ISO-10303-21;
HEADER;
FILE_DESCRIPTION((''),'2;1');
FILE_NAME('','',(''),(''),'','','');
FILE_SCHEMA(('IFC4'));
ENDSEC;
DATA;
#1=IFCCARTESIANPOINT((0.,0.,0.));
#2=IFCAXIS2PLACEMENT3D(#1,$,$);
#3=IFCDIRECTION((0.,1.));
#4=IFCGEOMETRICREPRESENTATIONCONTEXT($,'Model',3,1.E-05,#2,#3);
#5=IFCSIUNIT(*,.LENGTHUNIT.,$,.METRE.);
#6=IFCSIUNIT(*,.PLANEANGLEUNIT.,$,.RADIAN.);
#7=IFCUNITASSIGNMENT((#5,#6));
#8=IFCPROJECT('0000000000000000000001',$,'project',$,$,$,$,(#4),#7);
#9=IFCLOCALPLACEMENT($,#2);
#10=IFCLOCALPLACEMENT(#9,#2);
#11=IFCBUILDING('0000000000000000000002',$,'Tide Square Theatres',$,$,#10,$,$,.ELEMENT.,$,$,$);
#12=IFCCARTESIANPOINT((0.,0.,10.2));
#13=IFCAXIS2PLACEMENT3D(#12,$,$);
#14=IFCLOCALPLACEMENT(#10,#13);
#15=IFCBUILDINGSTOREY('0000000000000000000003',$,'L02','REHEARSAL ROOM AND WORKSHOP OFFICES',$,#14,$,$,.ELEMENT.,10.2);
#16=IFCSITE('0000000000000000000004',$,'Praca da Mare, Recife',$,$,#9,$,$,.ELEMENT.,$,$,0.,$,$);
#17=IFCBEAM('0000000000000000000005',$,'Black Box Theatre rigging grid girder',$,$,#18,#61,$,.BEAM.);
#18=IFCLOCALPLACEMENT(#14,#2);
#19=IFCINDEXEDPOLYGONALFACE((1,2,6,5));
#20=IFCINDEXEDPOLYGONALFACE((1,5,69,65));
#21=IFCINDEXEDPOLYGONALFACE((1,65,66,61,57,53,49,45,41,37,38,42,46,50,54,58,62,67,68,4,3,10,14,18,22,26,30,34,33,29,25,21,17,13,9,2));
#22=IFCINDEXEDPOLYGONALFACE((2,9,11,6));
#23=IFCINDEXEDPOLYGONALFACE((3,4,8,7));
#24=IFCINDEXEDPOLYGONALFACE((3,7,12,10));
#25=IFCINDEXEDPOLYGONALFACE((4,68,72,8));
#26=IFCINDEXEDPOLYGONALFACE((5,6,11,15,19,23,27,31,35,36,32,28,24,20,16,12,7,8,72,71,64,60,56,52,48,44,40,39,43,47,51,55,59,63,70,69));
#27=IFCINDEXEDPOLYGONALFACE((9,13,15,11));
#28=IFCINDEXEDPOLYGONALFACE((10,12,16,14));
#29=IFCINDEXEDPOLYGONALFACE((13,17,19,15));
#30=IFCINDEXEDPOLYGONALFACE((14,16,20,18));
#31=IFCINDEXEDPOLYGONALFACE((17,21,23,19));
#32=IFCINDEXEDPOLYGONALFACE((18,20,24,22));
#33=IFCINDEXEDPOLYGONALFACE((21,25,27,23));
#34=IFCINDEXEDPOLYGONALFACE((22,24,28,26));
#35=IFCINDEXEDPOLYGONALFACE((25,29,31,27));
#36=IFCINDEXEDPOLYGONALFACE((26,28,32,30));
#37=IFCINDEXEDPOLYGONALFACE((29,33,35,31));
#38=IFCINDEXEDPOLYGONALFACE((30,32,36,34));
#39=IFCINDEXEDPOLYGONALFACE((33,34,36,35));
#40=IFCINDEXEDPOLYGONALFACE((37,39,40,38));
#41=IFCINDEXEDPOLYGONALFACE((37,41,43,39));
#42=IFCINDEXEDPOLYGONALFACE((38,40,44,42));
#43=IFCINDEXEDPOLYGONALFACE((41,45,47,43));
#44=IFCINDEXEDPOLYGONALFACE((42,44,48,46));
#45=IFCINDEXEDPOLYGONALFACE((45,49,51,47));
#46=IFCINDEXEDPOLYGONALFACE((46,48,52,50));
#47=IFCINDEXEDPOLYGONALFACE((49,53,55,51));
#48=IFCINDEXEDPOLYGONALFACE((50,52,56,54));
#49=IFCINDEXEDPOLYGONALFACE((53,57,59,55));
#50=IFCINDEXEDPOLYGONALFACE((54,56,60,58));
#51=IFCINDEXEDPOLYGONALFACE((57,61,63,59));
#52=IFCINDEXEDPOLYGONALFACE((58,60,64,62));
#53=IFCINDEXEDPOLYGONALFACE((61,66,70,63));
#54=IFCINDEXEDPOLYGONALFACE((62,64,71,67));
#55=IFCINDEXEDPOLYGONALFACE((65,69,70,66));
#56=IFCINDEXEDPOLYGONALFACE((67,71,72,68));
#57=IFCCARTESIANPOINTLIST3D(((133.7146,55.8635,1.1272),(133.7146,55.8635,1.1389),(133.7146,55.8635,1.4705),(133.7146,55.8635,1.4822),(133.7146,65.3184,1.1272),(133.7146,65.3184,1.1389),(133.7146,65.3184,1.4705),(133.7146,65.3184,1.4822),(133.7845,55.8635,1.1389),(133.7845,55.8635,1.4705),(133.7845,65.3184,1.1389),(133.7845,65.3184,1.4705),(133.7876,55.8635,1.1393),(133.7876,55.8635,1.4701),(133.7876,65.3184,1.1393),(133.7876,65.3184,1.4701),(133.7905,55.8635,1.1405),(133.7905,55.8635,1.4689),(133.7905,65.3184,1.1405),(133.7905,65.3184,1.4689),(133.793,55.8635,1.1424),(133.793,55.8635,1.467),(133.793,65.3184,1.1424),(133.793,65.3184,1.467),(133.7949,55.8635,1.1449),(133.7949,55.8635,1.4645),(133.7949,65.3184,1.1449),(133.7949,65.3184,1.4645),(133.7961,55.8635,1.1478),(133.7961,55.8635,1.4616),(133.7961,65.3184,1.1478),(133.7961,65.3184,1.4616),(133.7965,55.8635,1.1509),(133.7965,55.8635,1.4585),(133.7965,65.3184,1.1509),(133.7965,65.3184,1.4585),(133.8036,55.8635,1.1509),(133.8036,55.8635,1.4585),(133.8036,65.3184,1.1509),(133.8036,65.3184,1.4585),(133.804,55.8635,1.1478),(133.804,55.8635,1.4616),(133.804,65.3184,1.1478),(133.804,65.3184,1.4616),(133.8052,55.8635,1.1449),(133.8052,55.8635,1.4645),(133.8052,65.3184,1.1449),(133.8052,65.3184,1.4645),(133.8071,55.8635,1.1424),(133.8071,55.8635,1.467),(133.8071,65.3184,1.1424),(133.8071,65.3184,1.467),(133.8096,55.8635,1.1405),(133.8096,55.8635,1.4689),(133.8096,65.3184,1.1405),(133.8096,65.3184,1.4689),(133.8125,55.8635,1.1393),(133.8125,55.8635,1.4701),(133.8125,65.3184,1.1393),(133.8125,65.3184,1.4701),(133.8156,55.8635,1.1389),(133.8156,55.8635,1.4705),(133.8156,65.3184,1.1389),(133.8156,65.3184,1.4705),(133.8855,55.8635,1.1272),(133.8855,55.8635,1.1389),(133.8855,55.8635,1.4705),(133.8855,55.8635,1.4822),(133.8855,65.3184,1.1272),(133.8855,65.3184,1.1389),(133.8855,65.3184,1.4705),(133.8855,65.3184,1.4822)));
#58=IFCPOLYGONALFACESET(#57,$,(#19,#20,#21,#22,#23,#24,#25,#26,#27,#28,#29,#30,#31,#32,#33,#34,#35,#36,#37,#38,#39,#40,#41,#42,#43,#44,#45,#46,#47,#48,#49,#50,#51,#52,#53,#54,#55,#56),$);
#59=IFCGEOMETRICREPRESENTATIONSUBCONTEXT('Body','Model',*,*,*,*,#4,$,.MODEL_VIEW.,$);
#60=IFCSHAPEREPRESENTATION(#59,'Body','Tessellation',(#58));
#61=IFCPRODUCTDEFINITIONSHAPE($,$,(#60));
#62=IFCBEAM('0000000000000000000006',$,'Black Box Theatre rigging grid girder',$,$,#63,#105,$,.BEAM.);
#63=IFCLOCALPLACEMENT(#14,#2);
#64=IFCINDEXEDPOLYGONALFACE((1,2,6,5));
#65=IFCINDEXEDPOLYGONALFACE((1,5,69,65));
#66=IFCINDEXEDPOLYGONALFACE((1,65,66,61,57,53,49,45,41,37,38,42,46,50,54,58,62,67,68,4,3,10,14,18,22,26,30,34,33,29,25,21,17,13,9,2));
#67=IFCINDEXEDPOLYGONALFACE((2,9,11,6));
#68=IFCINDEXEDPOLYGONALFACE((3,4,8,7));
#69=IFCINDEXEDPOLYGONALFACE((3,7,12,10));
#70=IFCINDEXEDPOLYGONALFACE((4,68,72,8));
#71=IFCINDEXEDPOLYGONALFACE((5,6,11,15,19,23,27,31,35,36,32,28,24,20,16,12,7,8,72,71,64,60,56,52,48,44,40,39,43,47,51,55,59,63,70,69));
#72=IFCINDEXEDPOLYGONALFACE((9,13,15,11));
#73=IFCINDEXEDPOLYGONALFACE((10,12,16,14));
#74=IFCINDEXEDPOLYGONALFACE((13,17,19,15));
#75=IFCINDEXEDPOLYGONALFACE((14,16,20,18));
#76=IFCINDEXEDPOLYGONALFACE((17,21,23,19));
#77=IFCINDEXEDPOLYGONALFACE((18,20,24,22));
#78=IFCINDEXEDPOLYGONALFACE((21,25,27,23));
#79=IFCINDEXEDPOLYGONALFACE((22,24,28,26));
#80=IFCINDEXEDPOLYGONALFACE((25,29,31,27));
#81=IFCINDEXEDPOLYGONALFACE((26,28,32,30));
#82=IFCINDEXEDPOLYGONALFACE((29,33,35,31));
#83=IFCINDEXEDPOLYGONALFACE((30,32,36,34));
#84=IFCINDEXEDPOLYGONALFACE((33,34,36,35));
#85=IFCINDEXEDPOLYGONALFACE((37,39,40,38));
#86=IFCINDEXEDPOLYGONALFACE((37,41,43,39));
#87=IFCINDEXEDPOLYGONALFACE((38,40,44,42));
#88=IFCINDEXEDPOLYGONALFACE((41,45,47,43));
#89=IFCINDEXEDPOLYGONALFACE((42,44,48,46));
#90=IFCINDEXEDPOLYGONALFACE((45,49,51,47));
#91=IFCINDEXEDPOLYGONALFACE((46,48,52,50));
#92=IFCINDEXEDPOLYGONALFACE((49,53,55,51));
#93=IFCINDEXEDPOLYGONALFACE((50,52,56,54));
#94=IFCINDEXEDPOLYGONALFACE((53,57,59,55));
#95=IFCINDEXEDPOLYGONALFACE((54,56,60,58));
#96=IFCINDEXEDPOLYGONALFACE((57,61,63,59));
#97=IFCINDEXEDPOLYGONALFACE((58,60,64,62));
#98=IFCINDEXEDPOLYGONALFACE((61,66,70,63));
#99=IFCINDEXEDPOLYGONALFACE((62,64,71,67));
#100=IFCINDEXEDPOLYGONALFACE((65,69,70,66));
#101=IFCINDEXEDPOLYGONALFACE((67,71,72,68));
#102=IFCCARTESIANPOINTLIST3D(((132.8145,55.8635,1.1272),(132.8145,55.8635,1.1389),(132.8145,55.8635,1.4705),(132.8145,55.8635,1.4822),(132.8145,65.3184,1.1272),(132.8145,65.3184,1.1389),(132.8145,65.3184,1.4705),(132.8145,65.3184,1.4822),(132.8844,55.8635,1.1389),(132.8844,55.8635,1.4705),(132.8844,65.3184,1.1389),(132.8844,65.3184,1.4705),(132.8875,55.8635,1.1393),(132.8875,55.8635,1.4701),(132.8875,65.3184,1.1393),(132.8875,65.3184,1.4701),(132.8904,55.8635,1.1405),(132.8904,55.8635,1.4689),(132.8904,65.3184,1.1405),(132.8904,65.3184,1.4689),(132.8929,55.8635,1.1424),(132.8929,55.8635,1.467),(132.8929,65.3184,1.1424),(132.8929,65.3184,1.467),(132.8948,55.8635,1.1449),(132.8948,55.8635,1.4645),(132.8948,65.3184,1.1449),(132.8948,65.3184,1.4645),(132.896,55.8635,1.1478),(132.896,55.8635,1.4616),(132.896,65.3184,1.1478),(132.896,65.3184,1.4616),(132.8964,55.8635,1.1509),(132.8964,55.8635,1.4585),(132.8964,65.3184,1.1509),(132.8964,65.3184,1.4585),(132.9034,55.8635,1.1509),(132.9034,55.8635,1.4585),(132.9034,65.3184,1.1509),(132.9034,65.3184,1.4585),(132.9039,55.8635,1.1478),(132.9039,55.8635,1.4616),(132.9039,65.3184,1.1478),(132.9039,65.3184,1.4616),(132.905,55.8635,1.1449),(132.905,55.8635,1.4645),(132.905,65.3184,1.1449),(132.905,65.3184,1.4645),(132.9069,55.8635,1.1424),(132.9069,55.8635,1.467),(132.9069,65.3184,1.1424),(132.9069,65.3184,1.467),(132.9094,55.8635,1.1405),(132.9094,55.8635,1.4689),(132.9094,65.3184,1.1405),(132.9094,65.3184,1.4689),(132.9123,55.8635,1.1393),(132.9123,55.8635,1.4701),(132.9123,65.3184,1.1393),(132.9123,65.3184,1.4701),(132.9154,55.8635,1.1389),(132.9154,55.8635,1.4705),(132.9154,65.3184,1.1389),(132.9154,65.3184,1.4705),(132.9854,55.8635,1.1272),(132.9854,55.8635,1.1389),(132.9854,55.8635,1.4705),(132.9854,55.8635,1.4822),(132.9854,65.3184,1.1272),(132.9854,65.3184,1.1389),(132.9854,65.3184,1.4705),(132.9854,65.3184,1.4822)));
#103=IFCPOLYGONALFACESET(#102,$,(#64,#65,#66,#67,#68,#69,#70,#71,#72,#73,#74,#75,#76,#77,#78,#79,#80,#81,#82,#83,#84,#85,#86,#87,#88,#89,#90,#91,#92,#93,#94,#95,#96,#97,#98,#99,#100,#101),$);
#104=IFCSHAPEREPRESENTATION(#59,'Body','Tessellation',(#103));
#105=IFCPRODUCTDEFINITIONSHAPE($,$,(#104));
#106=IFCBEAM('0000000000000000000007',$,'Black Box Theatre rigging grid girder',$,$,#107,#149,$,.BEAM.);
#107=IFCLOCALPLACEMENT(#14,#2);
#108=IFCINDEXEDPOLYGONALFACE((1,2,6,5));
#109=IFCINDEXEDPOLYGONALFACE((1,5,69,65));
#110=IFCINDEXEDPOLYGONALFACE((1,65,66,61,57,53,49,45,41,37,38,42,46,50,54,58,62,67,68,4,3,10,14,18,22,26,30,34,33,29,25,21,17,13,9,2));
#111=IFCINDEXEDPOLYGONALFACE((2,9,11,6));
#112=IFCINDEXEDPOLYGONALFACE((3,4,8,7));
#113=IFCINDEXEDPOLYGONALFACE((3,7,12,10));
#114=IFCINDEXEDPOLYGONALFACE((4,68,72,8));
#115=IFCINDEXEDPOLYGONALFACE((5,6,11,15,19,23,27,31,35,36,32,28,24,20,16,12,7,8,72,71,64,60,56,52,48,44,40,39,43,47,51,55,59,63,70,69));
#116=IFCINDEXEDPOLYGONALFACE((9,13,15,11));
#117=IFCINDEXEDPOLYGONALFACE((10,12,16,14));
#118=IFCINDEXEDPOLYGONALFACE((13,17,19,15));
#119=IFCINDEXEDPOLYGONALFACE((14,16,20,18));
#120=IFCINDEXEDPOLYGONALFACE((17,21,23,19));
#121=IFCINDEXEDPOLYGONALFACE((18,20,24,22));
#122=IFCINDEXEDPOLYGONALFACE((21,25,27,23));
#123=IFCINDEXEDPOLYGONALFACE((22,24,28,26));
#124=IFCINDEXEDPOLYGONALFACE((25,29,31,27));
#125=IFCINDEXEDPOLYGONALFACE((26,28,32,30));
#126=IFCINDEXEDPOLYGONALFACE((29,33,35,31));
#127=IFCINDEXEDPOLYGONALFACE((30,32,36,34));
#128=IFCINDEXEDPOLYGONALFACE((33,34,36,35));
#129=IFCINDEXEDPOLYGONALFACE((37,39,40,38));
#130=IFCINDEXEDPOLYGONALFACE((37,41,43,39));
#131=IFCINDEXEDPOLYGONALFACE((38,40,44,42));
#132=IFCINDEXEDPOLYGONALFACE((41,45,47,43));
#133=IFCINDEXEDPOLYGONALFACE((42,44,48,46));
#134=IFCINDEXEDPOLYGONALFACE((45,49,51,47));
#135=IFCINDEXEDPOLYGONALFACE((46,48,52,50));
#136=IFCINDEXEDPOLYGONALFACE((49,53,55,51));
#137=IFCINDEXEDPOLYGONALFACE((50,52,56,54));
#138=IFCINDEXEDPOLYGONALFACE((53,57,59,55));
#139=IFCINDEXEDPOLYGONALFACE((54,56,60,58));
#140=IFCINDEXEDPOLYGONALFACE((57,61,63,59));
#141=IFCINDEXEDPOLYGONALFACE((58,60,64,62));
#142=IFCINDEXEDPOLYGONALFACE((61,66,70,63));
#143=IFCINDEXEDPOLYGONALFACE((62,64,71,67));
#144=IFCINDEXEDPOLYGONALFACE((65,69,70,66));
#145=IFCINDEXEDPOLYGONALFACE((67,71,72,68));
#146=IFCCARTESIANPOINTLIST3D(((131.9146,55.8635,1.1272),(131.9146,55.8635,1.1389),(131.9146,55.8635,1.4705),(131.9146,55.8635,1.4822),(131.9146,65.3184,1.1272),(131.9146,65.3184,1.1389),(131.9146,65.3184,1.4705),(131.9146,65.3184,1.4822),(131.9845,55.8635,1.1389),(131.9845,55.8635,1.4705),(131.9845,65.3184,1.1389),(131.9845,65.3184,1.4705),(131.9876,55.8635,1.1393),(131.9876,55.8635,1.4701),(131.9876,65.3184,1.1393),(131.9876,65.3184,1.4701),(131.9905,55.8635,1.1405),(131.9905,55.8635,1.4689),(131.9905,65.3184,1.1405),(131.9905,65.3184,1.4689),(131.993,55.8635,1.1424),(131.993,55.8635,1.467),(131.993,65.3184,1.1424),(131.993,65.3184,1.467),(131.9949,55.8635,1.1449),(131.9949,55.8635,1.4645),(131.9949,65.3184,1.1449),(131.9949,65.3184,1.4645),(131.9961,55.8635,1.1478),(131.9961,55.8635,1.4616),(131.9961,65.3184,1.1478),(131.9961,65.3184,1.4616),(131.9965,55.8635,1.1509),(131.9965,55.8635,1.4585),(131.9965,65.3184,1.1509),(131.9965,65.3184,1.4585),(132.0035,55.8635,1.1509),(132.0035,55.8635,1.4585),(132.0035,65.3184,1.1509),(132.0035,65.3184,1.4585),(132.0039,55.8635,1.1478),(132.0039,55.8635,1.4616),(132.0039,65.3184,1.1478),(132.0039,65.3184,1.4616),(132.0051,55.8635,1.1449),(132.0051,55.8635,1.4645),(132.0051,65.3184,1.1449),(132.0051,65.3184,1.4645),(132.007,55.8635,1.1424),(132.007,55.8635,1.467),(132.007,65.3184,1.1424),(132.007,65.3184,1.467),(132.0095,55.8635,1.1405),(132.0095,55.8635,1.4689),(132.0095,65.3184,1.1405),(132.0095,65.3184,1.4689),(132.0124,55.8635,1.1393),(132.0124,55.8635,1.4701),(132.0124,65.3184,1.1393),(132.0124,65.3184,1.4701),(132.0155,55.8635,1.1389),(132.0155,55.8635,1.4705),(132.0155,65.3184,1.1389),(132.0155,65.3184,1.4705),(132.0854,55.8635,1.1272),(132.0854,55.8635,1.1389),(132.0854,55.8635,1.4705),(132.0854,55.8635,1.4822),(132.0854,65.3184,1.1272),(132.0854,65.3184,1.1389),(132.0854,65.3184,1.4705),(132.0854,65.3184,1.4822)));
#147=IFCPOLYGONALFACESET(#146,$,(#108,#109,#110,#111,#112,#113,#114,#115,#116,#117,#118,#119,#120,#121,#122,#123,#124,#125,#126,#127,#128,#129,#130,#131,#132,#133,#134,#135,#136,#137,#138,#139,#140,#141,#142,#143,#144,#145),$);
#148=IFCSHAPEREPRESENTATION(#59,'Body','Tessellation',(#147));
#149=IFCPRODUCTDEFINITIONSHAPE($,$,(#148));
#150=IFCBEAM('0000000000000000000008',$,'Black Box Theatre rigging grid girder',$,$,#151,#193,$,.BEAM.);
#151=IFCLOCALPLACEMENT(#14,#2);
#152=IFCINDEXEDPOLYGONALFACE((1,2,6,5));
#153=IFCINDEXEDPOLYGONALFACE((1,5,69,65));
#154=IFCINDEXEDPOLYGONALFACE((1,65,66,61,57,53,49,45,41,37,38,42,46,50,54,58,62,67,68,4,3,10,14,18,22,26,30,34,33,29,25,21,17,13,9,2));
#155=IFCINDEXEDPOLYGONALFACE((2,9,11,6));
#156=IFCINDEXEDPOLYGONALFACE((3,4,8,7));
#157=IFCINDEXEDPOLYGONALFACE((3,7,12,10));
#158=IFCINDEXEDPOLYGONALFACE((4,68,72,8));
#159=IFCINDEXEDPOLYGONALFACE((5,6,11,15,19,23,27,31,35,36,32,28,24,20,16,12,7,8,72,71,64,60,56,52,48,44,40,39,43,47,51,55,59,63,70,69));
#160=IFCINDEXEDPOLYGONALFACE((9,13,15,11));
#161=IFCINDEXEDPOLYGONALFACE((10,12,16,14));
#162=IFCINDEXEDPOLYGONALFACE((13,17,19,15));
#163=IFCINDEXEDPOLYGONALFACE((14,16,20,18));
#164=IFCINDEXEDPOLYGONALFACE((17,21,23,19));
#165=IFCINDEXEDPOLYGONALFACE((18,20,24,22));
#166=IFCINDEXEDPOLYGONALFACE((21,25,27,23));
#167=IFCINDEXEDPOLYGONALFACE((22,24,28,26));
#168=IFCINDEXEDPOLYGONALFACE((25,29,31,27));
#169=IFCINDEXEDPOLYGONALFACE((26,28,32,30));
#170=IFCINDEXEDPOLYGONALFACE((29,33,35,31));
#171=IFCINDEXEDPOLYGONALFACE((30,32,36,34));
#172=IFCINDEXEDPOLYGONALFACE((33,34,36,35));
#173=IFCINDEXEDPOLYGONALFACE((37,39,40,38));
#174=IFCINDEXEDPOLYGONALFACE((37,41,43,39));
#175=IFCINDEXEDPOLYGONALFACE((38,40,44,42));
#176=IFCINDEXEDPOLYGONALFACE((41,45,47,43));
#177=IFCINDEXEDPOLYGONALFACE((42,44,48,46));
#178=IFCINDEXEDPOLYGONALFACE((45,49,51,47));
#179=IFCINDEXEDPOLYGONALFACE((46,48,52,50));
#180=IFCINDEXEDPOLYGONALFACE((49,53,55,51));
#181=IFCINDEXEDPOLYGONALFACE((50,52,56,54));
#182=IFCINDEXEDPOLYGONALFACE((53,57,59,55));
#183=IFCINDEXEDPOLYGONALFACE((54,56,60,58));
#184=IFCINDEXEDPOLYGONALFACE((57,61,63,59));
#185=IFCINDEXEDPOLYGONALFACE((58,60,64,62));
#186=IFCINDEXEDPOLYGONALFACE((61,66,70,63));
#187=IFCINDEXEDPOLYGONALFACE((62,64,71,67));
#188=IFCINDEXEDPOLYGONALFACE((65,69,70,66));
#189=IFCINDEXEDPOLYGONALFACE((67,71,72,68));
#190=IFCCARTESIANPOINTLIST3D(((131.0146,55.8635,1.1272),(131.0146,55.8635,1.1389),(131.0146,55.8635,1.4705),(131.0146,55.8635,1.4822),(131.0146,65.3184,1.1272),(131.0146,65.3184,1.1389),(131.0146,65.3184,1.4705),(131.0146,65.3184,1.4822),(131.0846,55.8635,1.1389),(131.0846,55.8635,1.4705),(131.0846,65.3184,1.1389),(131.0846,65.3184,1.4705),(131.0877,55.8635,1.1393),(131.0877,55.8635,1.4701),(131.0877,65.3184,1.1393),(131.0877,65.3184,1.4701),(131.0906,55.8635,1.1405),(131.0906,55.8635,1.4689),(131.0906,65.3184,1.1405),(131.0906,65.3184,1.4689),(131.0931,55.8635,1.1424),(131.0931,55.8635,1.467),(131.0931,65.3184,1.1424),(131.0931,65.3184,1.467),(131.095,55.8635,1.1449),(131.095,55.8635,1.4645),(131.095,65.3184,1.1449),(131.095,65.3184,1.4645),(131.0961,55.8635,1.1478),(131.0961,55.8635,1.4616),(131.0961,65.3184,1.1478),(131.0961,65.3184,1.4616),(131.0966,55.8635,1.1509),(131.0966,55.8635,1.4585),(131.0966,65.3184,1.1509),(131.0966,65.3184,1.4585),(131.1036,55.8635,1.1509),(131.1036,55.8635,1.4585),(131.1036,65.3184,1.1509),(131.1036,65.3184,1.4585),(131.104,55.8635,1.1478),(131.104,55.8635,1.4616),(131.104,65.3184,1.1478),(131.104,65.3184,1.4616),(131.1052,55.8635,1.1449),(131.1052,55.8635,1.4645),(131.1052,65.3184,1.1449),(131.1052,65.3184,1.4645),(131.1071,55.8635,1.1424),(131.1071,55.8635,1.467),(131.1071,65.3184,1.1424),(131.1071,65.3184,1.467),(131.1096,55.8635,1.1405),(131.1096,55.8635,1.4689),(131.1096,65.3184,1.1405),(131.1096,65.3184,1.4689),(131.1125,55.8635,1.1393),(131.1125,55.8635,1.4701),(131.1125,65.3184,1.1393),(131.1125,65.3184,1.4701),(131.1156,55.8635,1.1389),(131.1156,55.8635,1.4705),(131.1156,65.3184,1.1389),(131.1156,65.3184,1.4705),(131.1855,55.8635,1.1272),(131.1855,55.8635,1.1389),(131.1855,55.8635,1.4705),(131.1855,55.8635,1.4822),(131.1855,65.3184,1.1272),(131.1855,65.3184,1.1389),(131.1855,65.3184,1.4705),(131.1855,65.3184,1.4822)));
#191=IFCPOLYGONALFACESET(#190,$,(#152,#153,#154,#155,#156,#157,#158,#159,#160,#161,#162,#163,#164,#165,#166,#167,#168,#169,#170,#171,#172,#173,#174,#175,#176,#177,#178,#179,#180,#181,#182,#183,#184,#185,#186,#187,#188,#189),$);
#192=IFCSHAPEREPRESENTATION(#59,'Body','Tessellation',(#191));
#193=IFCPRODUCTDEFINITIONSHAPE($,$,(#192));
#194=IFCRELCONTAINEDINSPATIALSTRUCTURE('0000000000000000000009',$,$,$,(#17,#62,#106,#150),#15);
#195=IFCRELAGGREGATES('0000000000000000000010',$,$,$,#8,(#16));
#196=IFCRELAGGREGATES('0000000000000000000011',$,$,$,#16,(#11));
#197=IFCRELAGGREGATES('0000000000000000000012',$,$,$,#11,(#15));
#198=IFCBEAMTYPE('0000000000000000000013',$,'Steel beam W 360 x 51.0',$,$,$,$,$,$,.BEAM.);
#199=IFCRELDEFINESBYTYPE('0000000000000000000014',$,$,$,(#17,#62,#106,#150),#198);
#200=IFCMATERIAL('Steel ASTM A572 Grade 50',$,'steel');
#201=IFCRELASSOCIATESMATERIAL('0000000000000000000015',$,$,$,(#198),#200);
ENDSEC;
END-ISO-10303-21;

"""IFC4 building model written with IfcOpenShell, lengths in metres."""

from ifc_helpers import new_model, si_unit, direction, frame, origin, origin_2d, place, context, subcontext, project, spatial, i_section, extrude, material, material_profile, profile_set, type_object, element, save


model = new_model("IFC4")

# Units and contexts
model_context = context("Model", 3, precision=1e-05, world=origin(), true_north=direction((0.0, 1.0)))
body_context = subcontext(model_context, "Body", "Model", "MODEL_VIEW")
ifc_project = project(units=[si_unit("LENGTHUNIT", "METRE"), si_unit("PLANEANGLEUNIT", "RADIAN")], contexts=[model_context])

# Site, building, storey
site_placement = place(None, origin())
site = spatial("IfcSite", under=ifc_project, at=site_placement, Name="Praca da Mare, Recife", CompositionType="ELEMENT", RefElevation=0.0)
building_placement = place(site_placement, origin())
building = spatial("IfcBuilding", under=site, at=building_placement, Name="Tide Square Theatres", CompositionType="ELEMENT")
storey_placement = place(building_placement, frame((0.0, 0.0, 10.2)))
storey = spatial("IfcBuildingStorey", under=building, at=storey_placement, Name="L02", Description="REHEARSAL ROOM AND WORKSHOP OFFICES", CompositionType="ELEMENT", Elevation=10.2)

# Beams
ifc_material_1 = material(Name="Steel ASTM A572 Grade 50", Category="steel")
ifc_material_profile_1 = material_profile(ifc_material_1, i_section(OverallWidth=0.1709, OverallDepth=0.355, WebThickness=0.0071, FlangeThickness=0.0117, FilletRadius=0.012, at=origin_2d()))
ifc_profile_set_1 = profile_set([ifc_material_profile_1], Name="Steel ASTM A572 Grade 50")
beam_type_1 = type_object("IfcBeamType", Name="Steel beam W 360 x 51.0", PredefinedType="BEAM", material=ifc_profile_set_1)
for number, where, z_axis, x_axis, name in (
    (1, (133.8, 55.8635, 1.3047), (0.0, 1.0, 0.0), (-1.0, 0.0, 0.0), "Black Box Theatre rigging grid girder"),
    (2, (132.8999, 55.8635, 1.3047), (0.0, 1.0, 0.0), (-1.0, 0.0, 0.0), "Black Box Theatre rigging grid girder"),
    (3, (132.0, 55.8635, 1.3047), (0.0, 1.0, 0.0), (-1.0, 0.0, 0.0), "Black Box Theatre rigging grid girder"),
    (4, (131.1001, 55.8635, 1.3047), (0.0, 1.0, 0.0), (-1.0, 0.0, 0.0), "Black Box Theatre rigging grid girder"),
):
    element("IfcBeam", number, at=place(storey_placement, frame(where, z_axis=z_axis, x_axis=x_axis)), inside=storey, type_object=beam_type_1, Name=name, PredefinedType="BEAM", context=body_context, shape_type="SweptSolid", body=[
        extrude(i_section(OverallWidth=0.1709, OverallDepth=0.355, WebThickness=0.0071, FlangeThickness=0.0117, FilletRadius=0.012, at=origin_2d()), origin(), (0.0, 0.0, 1.0), 9.4548),
    ])

save(model, "model.ifc")
